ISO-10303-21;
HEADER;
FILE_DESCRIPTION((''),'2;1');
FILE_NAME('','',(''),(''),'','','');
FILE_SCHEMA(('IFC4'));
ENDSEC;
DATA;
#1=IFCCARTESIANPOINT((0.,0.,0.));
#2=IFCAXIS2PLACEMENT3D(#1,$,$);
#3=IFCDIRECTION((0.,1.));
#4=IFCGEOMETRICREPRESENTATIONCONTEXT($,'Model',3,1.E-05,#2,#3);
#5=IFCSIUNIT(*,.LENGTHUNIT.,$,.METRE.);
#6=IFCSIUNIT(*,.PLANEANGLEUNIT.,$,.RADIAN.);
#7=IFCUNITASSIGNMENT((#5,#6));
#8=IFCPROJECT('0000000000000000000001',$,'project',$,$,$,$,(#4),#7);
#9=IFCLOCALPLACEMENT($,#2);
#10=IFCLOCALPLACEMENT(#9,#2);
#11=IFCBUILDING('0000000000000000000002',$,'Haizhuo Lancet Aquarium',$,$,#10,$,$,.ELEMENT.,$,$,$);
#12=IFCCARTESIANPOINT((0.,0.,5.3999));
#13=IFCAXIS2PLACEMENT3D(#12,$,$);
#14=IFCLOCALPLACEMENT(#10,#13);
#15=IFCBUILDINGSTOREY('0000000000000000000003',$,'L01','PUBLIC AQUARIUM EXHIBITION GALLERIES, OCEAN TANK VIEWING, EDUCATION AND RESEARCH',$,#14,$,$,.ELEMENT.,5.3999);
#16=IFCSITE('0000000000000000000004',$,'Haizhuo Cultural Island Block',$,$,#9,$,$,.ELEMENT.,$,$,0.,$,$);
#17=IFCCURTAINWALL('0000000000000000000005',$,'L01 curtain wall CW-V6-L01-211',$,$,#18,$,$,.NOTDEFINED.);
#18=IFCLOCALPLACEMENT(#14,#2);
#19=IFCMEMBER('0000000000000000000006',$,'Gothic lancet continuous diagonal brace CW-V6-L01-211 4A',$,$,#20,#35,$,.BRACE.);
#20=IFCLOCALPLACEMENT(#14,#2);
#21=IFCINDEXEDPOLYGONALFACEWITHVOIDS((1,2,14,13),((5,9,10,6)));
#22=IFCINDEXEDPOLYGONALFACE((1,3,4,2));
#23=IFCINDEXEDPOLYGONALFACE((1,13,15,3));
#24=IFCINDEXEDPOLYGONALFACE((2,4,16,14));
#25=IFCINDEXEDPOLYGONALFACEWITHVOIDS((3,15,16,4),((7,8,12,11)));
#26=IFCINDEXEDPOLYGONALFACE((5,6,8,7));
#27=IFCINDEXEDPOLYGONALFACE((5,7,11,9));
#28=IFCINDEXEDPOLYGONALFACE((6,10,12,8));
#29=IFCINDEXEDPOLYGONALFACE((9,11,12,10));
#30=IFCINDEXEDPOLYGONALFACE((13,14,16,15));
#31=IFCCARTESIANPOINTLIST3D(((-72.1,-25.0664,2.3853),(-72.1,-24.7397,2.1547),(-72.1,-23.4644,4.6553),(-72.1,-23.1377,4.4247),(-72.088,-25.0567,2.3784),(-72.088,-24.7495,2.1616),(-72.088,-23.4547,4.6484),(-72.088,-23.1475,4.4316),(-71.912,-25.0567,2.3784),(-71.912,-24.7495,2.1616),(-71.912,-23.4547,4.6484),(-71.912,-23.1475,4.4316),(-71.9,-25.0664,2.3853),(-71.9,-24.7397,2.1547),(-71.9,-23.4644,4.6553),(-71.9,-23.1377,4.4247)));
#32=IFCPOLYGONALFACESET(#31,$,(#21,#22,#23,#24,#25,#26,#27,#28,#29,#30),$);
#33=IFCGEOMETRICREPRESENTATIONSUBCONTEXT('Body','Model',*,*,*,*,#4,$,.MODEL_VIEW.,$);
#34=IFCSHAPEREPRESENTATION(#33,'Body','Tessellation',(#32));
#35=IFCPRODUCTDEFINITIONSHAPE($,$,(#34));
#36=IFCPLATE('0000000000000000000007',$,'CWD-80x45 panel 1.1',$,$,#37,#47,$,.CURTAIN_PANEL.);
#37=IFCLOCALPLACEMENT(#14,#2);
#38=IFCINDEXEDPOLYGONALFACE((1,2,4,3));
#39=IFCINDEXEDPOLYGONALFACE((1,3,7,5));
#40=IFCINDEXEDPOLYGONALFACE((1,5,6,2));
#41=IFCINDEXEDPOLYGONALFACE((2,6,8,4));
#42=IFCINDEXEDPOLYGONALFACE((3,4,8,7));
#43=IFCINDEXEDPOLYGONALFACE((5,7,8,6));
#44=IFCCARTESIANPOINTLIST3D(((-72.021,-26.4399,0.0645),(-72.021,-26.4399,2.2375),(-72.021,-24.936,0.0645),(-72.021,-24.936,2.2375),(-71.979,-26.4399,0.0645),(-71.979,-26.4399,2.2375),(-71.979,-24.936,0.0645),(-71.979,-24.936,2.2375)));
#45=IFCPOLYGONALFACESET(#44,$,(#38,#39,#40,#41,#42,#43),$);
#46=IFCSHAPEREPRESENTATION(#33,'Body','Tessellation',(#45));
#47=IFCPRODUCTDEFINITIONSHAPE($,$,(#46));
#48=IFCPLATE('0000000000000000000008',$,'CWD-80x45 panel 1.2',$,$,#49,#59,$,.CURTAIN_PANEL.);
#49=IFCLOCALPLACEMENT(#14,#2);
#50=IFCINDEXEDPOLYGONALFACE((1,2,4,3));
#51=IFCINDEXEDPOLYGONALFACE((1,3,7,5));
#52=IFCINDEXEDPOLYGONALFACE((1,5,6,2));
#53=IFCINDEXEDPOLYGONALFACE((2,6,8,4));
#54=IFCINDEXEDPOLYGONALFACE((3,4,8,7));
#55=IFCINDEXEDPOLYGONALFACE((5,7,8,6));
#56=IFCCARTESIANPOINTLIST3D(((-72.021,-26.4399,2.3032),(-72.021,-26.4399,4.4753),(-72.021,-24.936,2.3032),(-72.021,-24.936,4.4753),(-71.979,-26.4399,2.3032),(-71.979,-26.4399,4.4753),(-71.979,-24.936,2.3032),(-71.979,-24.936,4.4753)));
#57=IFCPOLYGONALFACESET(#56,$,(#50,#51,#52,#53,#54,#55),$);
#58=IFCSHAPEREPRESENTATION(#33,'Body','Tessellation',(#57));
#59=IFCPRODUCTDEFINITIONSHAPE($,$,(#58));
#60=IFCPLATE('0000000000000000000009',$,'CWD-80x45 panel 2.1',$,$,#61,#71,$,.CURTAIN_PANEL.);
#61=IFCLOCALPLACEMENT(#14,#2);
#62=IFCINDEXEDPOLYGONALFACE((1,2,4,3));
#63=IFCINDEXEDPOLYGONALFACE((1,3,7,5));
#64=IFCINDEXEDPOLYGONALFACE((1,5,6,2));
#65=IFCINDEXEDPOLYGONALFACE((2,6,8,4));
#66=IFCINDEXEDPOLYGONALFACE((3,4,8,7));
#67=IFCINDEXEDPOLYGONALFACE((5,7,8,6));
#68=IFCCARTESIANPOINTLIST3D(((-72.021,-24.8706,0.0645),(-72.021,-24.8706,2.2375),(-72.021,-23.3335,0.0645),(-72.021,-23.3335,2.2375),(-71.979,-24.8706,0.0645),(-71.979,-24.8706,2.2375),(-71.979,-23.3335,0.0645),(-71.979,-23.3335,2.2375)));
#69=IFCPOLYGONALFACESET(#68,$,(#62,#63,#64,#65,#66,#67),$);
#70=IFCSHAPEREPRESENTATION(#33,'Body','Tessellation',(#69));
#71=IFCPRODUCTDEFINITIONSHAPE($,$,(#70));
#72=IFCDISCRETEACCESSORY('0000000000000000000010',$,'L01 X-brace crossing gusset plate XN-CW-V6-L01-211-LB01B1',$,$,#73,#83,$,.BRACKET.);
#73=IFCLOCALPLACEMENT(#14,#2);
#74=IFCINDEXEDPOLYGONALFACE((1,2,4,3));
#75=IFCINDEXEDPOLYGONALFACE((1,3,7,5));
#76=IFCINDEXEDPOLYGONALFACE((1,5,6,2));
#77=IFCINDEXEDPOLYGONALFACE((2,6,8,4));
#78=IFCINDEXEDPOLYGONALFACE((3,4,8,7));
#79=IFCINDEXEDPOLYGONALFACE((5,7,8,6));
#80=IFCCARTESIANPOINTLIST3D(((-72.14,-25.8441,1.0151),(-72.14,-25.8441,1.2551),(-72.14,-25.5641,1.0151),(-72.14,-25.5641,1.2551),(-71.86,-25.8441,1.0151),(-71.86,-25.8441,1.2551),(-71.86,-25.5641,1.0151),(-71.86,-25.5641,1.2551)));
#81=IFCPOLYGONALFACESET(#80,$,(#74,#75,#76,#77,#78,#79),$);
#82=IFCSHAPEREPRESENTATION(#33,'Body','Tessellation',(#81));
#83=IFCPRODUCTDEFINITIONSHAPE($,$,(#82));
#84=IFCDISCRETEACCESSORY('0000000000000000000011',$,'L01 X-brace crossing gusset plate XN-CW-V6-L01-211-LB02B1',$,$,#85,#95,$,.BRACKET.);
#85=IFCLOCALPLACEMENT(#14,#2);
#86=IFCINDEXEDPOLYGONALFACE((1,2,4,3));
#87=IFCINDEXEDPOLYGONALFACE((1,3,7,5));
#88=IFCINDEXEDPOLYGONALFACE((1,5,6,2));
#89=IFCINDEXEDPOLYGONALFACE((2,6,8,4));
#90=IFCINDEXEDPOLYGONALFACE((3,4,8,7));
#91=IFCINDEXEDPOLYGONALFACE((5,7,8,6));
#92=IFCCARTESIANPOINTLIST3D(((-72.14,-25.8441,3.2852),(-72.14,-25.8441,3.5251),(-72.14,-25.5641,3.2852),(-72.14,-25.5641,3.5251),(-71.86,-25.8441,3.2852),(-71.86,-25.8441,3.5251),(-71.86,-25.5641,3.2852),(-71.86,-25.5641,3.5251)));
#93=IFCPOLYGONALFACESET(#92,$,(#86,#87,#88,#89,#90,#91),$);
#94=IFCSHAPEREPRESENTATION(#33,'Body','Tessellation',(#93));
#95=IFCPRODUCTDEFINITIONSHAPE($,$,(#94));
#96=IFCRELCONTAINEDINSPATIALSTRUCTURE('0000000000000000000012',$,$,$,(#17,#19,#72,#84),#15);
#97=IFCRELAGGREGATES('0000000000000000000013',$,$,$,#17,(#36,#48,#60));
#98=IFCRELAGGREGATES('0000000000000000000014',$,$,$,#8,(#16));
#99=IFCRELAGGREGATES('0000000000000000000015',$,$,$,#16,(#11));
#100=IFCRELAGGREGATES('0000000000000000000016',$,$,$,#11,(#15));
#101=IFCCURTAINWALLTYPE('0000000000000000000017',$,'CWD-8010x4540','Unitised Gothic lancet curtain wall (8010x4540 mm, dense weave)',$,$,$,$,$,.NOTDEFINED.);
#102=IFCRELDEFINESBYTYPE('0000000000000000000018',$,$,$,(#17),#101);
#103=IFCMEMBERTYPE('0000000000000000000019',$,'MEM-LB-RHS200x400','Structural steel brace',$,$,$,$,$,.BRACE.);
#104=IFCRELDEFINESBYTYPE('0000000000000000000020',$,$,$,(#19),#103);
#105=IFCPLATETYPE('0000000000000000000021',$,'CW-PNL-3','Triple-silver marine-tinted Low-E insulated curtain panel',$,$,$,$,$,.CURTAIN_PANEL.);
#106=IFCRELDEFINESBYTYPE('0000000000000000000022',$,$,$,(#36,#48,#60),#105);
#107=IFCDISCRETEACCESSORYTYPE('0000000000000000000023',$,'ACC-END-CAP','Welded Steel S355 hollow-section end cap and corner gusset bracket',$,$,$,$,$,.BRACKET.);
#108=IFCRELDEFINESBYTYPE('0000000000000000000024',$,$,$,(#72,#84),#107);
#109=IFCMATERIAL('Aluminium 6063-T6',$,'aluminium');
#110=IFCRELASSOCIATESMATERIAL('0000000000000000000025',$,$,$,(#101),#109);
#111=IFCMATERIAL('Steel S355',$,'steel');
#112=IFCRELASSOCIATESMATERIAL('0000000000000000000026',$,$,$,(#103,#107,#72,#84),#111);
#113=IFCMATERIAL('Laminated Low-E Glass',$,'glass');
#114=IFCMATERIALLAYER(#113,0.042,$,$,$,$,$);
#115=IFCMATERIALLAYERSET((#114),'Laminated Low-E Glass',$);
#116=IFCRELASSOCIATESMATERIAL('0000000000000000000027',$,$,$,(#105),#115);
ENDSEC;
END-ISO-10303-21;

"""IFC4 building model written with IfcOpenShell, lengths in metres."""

from ifc_helpers import new_model, si_unit, direction, frame, origin, origin_2d, place, context, subcontext, project, spatial, rectangle, hollow_rectangle, extrude, material, layer, layer_set, material_profile, profile_set, type_object, element, aggregate, save


model = new_model("IFC4")

# Units and contexts
model_context = context("Model", 3, precision=1e-05, world=origin(), true_north=direction((0.0, 1.0)))
body_context = subcontext(model_context, "Body", "Model", "MODEL_VIEW")
ifc_project = project(units=[si_unit("LENGTHUNIT", "METRE"), si_unit("PLANEANGLEUNIT", "RADIAN")], contexts=[model_context])

# Site, building, storey
site_placement = place(None, origin())
site = spatial("IfcSite", under=ifc_project, at=site_placement, Name="Haizhuo Cultural Island Block", CompositionType="ELEMENT", RefElevation=0.0)
building_placement = place(site_placement, origin())
building = spatial("IfcBuilding", under=site, at=building_placement, Name="Haizhuo Lancet Aquarium", CompositionType="ELEMENT")
storey_placement = place(building_placement, frame((0.0, 0.0, 5.3999)))
storey = spatial("IfcBuildingStorey", under=building, at=storey_placement, Name="L01", Description="PUBLIC AQUARIUM EXHIBITION GALLERIES, OCEAN TANK VIEWING, EDUCATION AND RESEARCH", CompositionType="ELEMENT", Elevation=5.3999)

# Shared definitions
ifc_material_1 = material(Name="Steel S355", Category="steel")

# Curtain wall
ifc_material_2 = material(Name="Aluminium 6063-T6", Category="aluminium")
curtain_wall_type = type_object("IfcCurtainWallType", Name="CWD-8010x4540", Description="Unitised Gothic lancet curtain wall (8010x4540 mm, dense weave)", PredefinedType="NOTDEFINED", material=ifc_material_2)
curtain_wall_placement = place(storey_placement, origin())
curtain_wall = element("IfcCurtainWall", 1, at=curtain_wall_placement, inside=storey, type_object=curtain_wall_type, Name="L01 curtain wall CW-V6-L01-211", PredefinedType="NOTDEFINED")

# Member
ifc_material_profile_1 = material_profile(ifc_material_1, hollow_rectangle(XDim=0.2, YDim=0.3999, WallThickness=0.012, at=origin_2d()), Name="RHS 200x400x12")
ifc_profile_set_1 = profile_set([ifc_material_profile_1], Name="Steel S355")
member_type_1 = type_object("IfcMemberType", Name="MEM-LB-RHS200x400", Description="Structural steel brace", PredefinedType="BRACE", material=ifc_profile_set_1)
for number, where, z_axis, x_axis, name in (
    (2, (-72.0, -24.9031, 2.27), (0.0, 0.576607, 0.817021), (-1.0, 0.0, 0.0), "Gothic lancet continuous diagonal brace CW-V6-L01-211 4A"),
):
    element("IfcMember", number, at=place(storey_placement, frame(where, z_axis=z_axis, x_axis=x_axis)), inside=storey, type_object=member_type_1, Name=name, PredefinedType="BRACE", context=body_context, shape_type="SweptSolid", body=[
        extrude(hollow_rectangle(XDim=0.2, YDim=0.3999, WallThickness=0.012, at=origin_2d()), origin(), (0.0, 0.0, 1.0), 2.7783),
    ])

# Plates
ifc_material_3 = material(Name="Laminated Low-E Glass", Category="glass")
ifc_layer = layer(ifc_material_3, 0.042)
ifc_layer_set = layer_set([ifc_layer], Name="Laminated Low-E Glass")
plate_type = type_object("IfcPlateType", Name="CW-PNL-3", Description="Triple-silver marine-tinted Low-E insulated curtain panel", PredefinedType="CURTAIN_PANEL", material=ifc_layer_set)
plate_1_placement = place(storey_placement, frame((-72.0, -25.688, 0.0645), z_axis=(0.0, 0.0, 1.0), x_axis=(0.0, 1.0, 0.0)))
plate_1 = element("IfcPlate", 3, at=plate_1_placement, type_object=plate_type, Name="CWD-80x45 panel 1.1", PredefinedType="CURTAIN_PANEL", context=body_context, shape_type="SweptSolid", body=[
    extrude(rectangle(XDim=1.5039, YDim=0.042, at=origin_2d()), origin(), (0.0, 0.0, 1.0), 2.1731),
])
plate_2_placement = place(storey_placement, frame((-72.0, -25.688, 2.3032), z_axis=(0.0, 0.0, 1.0), x_axis=(0.0, 1.0, 0.0)))
plate_2 = element("IfcPlate", 4, at=plate_2_placement, type_object=plate_type, Name="CWD-80x45 panel 1.2", PredefinedType="CURTAIN_PANEL", context=body_context, shape_type="SweptSolid", body=[
    extrude(rectangle(XDim=1.5039, YDim=0.042, at=origin_2d()), origin(), (0.0, 0.0, 1.0), 2.1721),
])
plate_3_placement = place(storey_placement, frame((-72.0, -24.1021, 0.0645), z_axis=(0.0, 0.0, 1.0), x_axis=(0.0, 1.0, 0.0)))
plate_3 = element("IfcPlate", 5, at=plate_3_placement, type_object=plate_type, Name="CWD-80x45 panel 2.1", PredefinedType="CURTAIN_PANEL", context=body_context, shape_type="SweptSolid", body=[
    extrude(rectangle(XDim=1.5371, YDim=0.042, at=origin_2d()), origin(), (0.0, 0.0, 1.0), 2.1731),
])
aggregate(curtain_wall, [plate_1, plate_2, plate_3])

# Discrete accessories
discrete_accessory_type = type_object("IfcDiscreteAccessoryType", Name="ACC-END-CAP", Description="Welded Steel S355 hollow-section end cap and corner gusset bracket", PredefinedType="BRACKET", material=ifc_material_1)
for number, where, z_axis, x_axis, name in (
    (6, (-72.0, -25.7041, 1.0151), (0.0, 0.0, 1.0), (1.0, 0.0, 0.0), "L01 X-brace crossing gusset plate XN-CW-V6-L01-211-LB01B1"),
    (7, (-72.0, -25.7041, 3.2852), (0.0, 0.0, 1.0), (1.0, 0.0, 0.0), "L01 X-brace crossing gusset plate XN-CW-V6-L01-211-LB02B1"),
):
    element("IfcDiscreteAccessory", number, at=place(storey_placement, frame(where, z_axis=z_axis, x_axis=x_axis)), inside=storey, type_object=discrete_accessory_type, material=ifc_material_1, Name=name, PredefinedType="BRACKET", context=body_context, shape_type="SweptSolid", body=[
        extrude(rectangle(XDim=0.28, YDim=0.28, at=origin_2d()), origin(), (0.0, 0.0, 1.0), 0.24),
    ])

save(model, "model.ifc")
